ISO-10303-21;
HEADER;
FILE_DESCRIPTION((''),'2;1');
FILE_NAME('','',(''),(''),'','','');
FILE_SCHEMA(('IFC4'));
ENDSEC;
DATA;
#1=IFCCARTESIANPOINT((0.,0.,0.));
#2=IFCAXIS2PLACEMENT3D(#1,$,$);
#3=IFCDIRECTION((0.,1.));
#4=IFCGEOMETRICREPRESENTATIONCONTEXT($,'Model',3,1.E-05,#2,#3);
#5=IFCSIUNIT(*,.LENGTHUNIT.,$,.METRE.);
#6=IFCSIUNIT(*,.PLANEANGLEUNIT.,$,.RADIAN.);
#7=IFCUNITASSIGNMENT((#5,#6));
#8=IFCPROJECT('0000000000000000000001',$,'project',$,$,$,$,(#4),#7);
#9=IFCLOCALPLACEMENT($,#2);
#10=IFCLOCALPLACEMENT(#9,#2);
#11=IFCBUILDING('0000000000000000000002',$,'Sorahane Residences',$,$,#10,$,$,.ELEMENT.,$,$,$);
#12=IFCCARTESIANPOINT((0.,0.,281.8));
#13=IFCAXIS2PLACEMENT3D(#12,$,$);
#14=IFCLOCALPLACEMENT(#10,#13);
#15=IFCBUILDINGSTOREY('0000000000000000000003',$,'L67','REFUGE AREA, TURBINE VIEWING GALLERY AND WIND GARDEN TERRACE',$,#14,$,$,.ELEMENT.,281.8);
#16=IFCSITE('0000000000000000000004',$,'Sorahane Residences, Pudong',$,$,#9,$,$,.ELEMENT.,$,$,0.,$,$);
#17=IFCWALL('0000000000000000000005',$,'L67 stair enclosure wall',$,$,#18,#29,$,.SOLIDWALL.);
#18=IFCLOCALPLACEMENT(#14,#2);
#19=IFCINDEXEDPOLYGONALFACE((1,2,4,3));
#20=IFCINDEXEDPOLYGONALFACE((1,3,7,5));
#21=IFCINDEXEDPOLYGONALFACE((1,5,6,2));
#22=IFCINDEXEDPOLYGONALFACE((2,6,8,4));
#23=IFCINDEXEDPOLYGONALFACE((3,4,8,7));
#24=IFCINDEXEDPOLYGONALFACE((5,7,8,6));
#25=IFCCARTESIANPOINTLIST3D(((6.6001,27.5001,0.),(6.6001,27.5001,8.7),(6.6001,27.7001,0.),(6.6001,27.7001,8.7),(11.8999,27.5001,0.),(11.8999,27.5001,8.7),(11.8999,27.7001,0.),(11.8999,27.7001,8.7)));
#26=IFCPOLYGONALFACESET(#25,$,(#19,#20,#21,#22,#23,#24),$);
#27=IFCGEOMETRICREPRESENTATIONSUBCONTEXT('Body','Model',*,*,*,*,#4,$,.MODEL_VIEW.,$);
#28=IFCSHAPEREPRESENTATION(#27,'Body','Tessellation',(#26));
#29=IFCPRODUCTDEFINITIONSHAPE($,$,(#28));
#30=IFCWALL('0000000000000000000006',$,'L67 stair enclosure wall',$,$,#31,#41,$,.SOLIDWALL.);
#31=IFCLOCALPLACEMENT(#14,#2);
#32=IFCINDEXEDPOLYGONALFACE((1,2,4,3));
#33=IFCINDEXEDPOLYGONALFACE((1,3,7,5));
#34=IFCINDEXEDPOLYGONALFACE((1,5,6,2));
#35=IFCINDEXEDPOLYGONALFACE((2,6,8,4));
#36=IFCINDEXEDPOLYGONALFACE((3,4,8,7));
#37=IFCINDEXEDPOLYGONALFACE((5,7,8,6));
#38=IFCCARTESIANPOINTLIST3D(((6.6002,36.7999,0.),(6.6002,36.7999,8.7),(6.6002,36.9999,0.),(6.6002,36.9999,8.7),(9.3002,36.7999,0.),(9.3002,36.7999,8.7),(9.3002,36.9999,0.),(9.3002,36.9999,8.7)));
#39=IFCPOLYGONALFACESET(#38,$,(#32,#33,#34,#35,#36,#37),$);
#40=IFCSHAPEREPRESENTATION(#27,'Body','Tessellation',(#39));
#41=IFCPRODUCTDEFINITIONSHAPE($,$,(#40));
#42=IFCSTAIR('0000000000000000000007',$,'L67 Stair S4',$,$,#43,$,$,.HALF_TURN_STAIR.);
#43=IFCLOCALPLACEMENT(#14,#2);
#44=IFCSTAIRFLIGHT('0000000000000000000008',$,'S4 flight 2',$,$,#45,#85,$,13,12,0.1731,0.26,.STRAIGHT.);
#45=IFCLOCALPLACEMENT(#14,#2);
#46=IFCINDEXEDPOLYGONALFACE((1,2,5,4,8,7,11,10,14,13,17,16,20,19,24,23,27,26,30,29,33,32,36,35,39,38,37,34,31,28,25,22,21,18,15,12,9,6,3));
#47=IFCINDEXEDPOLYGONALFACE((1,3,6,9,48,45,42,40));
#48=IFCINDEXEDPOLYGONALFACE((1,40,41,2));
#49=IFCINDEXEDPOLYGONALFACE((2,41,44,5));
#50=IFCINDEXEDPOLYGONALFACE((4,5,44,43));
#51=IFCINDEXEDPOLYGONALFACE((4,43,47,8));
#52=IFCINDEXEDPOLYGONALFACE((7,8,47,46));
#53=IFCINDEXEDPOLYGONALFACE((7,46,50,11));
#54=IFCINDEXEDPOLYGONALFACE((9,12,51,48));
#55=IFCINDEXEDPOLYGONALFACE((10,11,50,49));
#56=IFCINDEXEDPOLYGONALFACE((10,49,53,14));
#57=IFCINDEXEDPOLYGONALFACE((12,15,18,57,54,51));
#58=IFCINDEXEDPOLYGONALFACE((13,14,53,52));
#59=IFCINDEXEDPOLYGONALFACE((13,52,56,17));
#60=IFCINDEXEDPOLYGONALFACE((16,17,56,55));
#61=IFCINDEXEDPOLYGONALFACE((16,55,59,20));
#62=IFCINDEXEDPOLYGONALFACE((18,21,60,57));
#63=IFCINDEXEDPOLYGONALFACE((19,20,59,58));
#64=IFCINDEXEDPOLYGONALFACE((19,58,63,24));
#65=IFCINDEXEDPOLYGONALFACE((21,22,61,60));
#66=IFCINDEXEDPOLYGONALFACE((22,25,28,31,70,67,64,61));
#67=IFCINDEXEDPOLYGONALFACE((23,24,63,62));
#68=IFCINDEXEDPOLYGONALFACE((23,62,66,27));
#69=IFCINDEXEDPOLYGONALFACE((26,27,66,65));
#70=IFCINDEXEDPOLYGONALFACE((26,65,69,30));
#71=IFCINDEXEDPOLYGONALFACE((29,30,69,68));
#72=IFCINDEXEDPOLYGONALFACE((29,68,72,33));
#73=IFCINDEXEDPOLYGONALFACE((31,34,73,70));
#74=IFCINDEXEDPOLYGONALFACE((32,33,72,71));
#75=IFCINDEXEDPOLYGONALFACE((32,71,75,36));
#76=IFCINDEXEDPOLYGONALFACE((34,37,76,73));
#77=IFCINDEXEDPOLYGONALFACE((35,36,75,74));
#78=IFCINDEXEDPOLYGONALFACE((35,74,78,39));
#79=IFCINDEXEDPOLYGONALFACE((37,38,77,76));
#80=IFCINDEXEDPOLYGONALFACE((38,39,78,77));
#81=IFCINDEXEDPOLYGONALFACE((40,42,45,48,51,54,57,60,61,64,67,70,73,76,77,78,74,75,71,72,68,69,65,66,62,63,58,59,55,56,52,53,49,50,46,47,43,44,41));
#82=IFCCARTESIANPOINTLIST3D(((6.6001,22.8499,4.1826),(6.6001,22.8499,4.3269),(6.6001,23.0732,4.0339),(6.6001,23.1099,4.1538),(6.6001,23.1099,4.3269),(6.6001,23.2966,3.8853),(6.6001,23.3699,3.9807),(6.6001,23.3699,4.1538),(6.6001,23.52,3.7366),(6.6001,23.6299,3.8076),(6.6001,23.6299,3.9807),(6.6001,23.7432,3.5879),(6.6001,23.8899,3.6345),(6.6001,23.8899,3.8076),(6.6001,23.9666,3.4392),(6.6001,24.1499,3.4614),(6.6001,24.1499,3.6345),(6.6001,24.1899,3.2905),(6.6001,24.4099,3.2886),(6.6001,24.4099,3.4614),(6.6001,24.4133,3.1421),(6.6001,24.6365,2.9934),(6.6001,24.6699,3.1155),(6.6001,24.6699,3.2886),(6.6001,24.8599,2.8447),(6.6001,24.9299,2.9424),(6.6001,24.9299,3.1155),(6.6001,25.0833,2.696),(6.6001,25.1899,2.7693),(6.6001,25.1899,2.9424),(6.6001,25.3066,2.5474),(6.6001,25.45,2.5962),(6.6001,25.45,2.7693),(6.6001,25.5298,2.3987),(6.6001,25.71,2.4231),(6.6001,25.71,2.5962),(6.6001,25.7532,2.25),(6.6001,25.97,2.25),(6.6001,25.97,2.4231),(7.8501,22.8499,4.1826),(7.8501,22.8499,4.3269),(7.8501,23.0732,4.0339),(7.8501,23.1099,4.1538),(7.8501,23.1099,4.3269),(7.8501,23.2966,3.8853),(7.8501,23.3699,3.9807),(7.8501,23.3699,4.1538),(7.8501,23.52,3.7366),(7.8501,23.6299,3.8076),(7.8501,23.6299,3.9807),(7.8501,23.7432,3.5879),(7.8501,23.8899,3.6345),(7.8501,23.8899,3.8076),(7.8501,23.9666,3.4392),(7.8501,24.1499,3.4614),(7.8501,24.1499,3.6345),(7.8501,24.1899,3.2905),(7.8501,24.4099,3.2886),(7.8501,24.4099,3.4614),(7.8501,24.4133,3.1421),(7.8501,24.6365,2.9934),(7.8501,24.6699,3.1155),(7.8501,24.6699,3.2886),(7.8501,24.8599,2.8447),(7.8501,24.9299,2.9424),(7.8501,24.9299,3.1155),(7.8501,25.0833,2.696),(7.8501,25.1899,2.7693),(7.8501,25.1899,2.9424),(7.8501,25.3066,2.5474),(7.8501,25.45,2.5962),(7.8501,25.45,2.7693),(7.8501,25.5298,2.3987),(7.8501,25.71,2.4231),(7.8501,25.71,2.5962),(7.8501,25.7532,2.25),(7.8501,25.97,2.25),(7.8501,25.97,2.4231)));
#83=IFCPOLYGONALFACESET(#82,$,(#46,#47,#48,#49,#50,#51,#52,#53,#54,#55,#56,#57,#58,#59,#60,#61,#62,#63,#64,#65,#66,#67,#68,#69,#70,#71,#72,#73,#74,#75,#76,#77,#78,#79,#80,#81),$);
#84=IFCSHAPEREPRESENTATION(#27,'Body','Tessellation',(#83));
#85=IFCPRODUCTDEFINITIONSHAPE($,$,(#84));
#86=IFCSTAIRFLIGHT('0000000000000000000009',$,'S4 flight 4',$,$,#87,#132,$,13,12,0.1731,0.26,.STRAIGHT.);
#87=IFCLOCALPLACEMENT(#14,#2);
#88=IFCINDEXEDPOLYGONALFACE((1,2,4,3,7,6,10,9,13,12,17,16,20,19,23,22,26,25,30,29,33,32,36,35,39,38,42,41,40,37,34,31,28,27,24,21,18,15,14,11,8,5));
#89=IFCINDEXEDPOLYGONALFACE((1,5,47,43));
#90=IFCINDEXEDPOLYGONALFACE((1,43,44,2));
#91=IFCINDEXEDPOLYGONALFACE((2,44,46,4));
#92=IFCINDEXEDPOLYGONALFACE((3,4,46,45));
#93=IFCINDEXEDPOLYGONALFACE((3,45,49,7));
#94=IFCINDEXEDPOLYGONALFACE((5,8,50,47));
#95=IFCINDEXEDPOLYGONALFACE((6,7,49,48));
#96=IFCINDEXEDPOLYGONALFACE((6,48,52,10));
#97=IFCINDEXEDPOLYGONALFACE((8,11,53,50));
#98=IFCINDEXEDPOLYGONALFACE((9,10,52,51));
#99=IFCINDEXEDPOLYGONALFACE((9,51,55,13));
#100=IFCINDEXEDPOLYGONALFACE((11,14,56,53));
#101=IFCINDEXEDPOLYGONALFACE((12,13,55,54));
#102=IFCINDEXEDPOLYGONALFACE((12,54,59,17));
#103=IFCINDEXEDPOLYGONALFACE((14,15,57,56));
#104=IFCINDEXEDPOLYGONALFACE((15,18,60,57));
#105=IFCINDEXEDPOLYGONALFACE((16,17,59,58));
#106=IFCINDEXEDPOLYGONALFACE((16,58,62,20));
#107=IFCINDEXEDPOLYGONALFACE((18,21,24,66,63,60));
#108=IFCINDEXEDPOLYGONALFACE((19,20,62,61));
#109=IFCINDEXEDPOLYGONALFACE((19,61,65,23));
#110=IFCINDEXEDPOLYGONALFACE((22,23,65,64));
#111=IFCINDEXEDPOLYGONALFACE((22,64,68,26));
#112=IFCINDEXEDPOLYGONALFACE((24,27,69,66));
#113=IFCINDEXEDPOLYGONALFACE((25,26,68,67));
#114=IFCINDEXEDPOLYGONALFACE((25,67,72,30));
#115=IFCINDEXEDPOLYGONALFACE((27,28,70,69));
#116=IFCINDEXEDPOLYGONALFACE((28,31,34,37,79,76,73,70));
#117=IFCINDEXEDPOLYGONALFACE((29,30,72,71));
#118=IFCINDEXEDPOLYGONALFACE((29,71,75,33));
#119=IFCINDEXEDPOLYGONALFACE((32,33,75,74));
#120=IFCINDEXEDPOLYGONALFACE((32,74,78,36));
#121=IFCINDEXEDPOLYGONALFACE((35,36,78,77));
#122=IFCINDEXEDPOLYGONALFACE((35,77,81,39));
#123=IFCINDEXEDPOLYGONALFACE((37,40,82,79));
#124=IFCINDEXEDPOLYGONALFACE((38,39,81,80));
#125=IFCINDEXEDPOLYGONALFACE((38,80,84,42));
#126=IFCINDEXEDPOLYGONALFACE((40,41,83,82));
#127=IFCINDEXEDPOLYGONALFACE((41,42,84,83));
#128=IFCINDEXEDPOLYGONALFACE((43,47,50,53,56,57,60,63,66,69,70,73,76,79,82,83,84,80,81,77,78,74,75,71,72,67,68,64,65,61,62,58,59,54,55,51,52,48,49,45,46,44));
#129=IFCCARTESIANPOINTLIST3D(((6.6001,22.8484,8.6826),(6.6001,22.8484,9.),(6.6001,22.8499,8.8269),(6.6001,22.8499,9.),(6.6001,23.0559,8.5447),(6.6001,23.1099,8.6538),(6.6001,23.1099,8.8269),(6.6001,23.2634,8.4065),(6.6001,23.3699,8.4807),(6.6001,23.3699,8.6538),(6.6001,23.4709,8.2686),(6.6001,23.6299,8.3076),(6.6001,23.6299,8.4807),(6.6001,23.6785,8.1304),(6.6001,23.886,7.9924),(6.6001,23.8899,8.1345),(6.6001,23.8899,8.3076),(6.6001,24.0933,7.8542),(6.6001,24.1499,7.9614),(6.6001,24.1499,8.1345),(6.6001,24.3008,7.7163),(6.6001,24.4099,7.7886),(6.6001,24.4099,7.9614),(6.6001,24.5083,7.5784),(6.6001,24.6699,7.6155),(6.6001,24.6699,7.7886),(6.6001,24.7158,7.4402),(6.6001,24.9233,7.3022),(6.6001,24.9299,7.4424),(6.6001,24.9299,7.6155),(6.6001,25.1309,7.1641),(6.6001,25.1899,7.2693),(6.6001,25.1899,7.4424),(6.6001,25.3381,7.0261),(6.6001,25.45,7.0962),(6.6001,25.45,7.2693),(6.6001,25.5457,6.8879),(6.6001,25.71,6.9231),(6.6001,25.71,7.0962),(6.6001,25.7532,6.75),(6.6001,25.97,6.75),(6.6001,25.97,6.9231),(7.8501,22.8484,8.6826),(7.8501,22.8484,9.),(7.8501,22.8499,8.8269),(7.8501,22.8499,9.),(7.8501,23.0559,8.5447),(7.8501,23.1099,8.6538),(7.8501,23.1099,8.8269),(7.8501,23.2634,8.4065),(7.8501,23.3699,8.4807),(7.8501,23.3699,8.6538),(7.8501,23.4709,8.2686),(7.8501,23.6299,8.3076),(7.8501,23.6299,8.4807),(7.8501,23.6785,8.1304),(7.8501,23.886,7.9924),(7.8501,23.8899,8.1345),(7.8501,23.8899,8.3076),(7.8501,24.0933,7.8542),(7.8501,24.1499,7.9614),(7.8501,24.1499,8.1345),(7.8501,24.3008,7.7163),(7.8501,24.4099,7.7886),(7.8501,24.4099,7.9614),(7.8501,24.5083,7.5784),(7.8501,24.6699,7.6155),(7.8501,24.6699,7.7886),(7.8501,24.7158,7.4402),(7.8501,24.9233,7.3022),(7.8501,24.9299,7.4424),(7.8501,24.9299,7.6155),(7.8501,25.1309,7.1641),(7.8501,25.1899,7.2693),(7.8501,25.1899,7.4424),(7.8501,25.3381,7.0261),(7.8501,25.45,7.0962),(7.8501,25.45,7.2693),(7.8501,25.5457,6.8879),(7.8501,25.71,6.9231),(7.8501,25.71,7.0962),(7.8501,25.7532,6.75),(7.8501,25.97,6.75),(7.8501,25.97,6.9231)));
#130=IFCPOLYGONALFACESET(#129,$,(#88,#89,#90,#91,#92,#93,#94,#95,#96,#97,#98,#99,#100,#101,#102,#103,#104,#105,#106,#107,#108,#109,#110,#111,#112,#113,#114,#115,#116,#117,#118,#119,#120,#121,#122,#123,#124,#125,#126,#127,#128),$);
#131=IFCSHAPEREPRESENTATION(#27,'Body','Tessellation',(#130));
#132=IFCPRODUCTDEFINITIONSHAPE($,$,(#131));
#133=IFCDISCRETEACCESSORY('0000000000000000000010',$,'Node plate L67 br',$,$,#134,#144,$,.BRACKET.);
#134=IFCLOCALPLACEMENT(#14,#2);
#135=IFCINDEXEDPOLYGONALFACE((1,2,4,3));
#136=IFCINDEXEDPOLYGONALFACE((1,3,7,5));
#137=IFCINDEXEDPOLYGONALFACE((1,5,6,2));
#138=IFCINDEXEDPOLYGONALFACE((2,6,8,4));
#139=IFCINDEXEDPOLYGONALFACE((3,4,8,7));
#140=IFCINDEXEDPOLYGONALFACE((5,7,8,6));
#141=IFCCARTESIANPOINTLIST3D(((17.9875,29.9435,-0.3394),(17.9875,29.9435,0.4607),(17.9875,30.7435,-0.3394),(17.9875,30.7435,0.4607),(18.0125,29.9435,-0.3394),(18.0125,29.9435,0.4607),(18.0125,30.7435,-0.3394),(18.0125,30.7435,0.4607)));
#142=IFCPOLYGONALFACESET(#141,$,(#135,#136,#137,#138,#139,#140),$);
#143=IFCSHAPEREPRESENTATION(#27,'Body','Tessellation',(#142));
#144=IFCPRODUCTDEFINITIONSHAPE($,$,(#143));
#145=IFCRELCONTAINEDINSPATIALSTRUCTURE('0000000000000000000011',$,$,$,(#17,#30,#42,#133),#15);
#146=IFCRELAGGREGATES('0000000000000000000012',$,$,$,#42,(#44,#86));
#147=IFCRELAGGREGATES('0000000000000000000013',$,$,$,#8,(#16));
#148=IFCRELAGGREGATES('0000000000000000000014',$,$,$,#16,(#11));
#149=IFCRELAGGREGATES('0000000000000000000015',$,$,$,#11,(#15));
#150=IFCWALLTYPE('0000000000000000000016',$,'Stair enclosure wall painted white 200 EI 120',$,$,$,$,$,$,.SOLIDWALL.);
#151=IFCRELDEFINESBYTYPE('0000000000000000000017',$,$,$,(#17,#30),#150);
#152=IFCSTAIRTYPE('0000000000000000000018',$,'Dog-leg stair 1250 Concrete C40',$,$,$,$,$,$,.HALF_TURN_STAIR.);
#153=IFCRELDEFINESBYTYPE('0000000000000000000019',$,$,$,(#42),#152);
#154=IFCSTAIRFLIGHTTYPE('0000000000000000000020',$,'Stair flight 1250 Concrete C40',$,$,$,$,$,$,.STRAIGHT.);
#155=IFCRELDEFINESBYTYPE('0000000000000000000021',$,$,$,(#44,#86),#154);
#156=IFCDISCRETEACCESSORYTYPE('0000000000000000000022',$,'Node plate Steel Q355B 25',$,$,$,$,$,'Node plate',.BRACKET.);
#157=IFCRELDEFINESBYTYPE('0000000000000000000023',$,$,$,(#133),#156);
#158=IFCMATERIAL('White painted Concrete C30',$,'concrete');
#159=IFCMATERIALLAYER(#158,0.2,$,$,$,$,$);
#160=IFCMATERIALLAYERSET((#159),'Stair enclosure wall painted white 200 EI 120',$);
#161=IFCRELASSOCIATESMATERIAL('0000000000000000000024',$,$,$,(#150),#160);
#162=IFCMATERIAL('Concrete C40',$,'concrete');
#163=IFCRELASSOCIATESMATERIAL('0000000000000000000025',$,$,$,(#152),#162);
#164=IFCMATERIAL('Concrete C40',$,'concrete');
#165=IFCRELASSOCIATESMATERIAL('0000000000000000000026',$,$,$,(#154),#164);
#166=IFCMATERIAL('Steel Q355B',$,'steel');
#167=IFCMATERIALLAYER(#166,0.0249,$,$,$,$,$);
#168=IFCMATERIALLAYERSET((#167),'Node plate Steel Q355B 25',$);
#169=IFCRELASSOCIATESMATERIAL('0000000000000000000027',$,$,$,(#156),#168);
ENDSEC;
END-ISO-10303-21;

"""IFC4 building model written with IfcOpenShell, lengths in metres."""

from ifc_helpers import new_model, si_unit, direction, frame, frame_2d, origin, origin_2d, place, context, subcontext, project, spatial, polyline, rectangle, outline, extrude, material, layer, layer_set, type_object, element, aggregate, save


model = new_model("IFC4")

# Units and contexts
model_context = context("Model", 3, precision=1e-05, world=origin(), true_north=direction((0.0, 1.0)))
body_context = subcontext(model_context, "Body", "Model", "MODEL_VIEW")
ifc_project = project(units=[si_unit("LENGTHUNIT", "METRE"), si_unit("PLANEANGLEUNIT", "RADIAN")], contexts=[model_context])

# Site, building, storey
site_placement = place(None, origin())
site = spatial("IfcSite", under=ifc_project, at=site_placement, Name="Sorahane Residences, Pudong", CompositionType="ELEMENT", RefElevation=0.0)
building_placement = place(site_placement, origin())
building = spatial("IfcBuilding", under=site, at=building_placement, Name="Sorahane Residences", CompositionType="ELEMENT")
storey_placement = place(building_placement, frame((0.0, 0.0, 281.8)))
storey = spatial("IfcBuildingStorey", under=building, at=storey_placement, Name="L67", Description="REFUGE AREA, TURBINE VIEWING GALLERY AND WIND GARDEN TERRACE", CompositionType="ELEMENT", Elevation=281.8)

# Walls
ifc_material_1 = material(Name="White painted Concrete C30", Category="concrete")
ifc_layer_1 = layer(ifc_material_1, 0.2)
ifc_layer_set_1 = layer_set([ifc_layer_1], Name="Stair enclosure wall painted white 200 EI 120")
wall_type_1 = type_object("IfcWallType", Name="Stair enclosure wall painted white 200 EI 120", PredefinedType="SOLIDWALL", material=ifc_layer_set_1)
wall_1_placement = place(storey_placement, frame((6.6001, 27.6001, 0.0), z_axis=(0.0, 0.0, 1.0), x_axis=(1.0, 0.0, 0.0)))
element("IfcWall", 1, at=wall_1_placement, inside=storey, type_object=wall_type_1, Name="L67 stair enclosure wall", PredefinedType="SOLIDWALL", context=body_context, shape_type="SweptSolid", body=[
    extrude(rectangle(XDim=5.2998, YDim=0.2, at=frame_2d((2.6499, 0.0))), origin(), (0.0, 0.0, 1.0), 8.7),
])
wall_2_placement = place(storey_placement, frame((6.6001, 36.8999, 0.0), z_axis=(0.0, 0.0, 1.0), x_axis=(1.0, 0.0, 0.0)))
element("IfcWall", 2, at=wall_2_placement, inside=storey, type_object=wall_type_1, Name="L67 stair enclosure wall", PredefinedType="SOLIDWALL", context=body_context, shape_type="SweptSolid", body=[
    extrude(rectangle(XDim=2.7, YDim=0.2, at=frame_2d((1.3501, 0.0))), origin(), (0.0, 0.0, 1.0), 8.7),
])

# Stair, stair flights
ifc_material_2 = material(Name="Concrete C40", Category="concrete")
stair_type = type_object("IfcStairType", Name="Dog-leg stair 1250 Concrete C40", PredefinedType="HALF_TURN_STAIR", material=ifc_material_2)
stair_placement = place(storey_placement, origin())
stair = element("IfcStair", 3, at=stair_placement, inside=storey, type_object=stair_type, Name="L67 Stair S4", PredefinedType="HALF_TURN_STAIR")
ifc_material_3 = material(Name="Concrete C40", Category="concrete")
stair_flight_type = type_object("IfcStairFlightType", Name="Stair flight 1250 Concrete C40", PredefinedType="STRAIGHT", material=ifc_material_3)
stair_flight_1_placement = place(storey_placement, frame((7.2251, 25.97, 2.25), z_axis=(0.0, 0.0, 1.0), x_axis=(0.0, -1.0, 0.0)))
stair_flight_1 = element("IfcStairFlight", 4, at=stair_flight_1_placement, type_object=stair_flight_type, Name="S4 flight 2", NumberOfRisers=13, NumberOfTreads=12, PredefinedType="STRAIGHT", RiserHeight=0.1731, TreadLength=0.26, context=body_context, shape_type="SweptSolid", body=[
    extrude(outline(polyline([(0.0, 0.0), (0.0, 0.1731), (0.26, 0.1731), (0.26, 0.3462), (0.52, 0.3462), (0.52, 0.5193), (0.78, 0.5193), (0.78, 0.6924), (1.04, 0.6924), (1.04, 0.8655), (1.3, 0.8655), (1.3, 1.0386), (1.5601, 1.0386), (1.5601, 1.2114), (1.8201, 1.2114), (1.8201, 1.3845), (2.0801, 1.3845), (2.0801, 1.5576), (2.3401, 1.5576), (2.3401, 1.7307), (2.6001, 1.7307), (2.6001, 1.9038), (2.8601, 1.9038), (2.8601, 2.0769), (3.1201, 2.0769), (3.1201, 2.25), (3.1201, 1.9326), (2.8967, 1.7839), (2.6733, 1.6353), (2.45, 1.4866), (2.2268, 1.3379), (2.0034, 1.1892), (1.78, 1.0405), (1.5566, 0.8921), (1.3335, 0.7434), (1.1101, 0.5947), (0.8867, 0.446), (0.6633, 0.2974), (0.4402, 0.1487), (0.2168, 0.0), (0.0, 0.0)])), frame((0.0, 0.625, 0.0), z_axis=(0.0, -1.0, 0.0), x_axis=(1.0, 0.0, 0.0)), (0.0, 0.0, 1.0), 1.25),
])
stair_flight_2_placement = place(storey_placement, frame((7.2251, 25.97, 6.75), z_axis=(0.0, 0.0, 1.0), x_axis=(0.0, -1.0, 0.0)))
stair_flight_2 = element("IfcStairFlight", 5, at=stair_flight_2_placement, type_object=stair_flight_type, Name="S4 flight 4", NumberOfRisers=13, NumberOfTreads=12, PredefinedType="STRAIGHT", RiserHeight=0.1731, TreadLength=0.26, context=body_context, shape_type="SweptSolid", body=[
    extrude(outline(polyline([(0.0, 0.0), (0.0, 0.1731), (0.26, 0.1731), (0.26, 0.3462), (0.52, 0.3462), (0.52, 0.5193), (0.78, 0.5193), (0.78, 0.6924), (1.04, 0.6924), (1.04, 0.8655), (1.3, 0.8655), (1.3, 1.0386), (1.5601, 1.0386), (1.5601, 1.2114), (1.8201, 1.2114), (1.8201, 1.3845), (2.0801, 1.3845), (2.0801, 1.5576), (2.3401, 1.5576), (2.3401, 1.7307), (2.6001, 1.7307), (2.6001, 1.9038), (2.8601, 1.9038), (2.8601, 2.0769), (3.1201, 2.0769), (3.1201, 2.25), (3.1216, 2.25), (3.1216, 1.9326), (2.9141, 1.7947), (2.7065, 1.6565), (2.499, 1.5186), (2.2915, 1.3804), (2.084, 1.2424), (1.8767, 1.1042), (1.6692, 0.9663), (1.4617, 0.8284), (1.2542, 0.6902), (1.0466, 0.5522), (0.8391, 0.4141), (0.6318, 0.2761), (0.4243, 0.1379), (0.2168, 0.0), (0.0, 0.0)])), frame((0.0, 0.625, 0.0), z_axis=(0.0, -1.0, 0.0), x_axis=(1.0, 0.0, 0.0)), (0.0, 0.0, 1.0), 1.25),
])
aggregate(stair, [stair_flight_1, stair_flight_2])

# Discrete accessory
ifc_material_4 = material(Name="Steel Q355B", Category="steel")
ifc_layer_2 = layer(ifc_material_4, 0.0249)
ifc_layer_set_2 = layer_set([ifc_layer_2], Name="Node plate Steel Q355B 25")
discrete_accessory_type = type_object("IfcDiscreteAccessoryType", Name="Node plate Steel Q355B 25", ElementType="Node plate", PredefinedType="BRACKET", material=ifc_layer_set_2)
discrete_accessory_placement = place(storey_placement, frame((18.0, 30.3435, -0.3394), z_axis=(0.0, 0.0, 1.0), x_axis=(0.0, 1.0, 0.0)))
element("IfcDiscreteAccessory", 6, at=discrete_accessory_placement, inside=storey, type_object=discrete_accessory_type, Name="Node plate L67 br", PredefinedType="BRACKET", context=body_context, shape_type="SweptSolid", body=[
    extrude(rectangle(XDim=0.8, YDim=0.0249, at=origin_2d()), origin(), (0.0, 0.0, 1.0), 0.8),
])

save(model, "model.ifc")
